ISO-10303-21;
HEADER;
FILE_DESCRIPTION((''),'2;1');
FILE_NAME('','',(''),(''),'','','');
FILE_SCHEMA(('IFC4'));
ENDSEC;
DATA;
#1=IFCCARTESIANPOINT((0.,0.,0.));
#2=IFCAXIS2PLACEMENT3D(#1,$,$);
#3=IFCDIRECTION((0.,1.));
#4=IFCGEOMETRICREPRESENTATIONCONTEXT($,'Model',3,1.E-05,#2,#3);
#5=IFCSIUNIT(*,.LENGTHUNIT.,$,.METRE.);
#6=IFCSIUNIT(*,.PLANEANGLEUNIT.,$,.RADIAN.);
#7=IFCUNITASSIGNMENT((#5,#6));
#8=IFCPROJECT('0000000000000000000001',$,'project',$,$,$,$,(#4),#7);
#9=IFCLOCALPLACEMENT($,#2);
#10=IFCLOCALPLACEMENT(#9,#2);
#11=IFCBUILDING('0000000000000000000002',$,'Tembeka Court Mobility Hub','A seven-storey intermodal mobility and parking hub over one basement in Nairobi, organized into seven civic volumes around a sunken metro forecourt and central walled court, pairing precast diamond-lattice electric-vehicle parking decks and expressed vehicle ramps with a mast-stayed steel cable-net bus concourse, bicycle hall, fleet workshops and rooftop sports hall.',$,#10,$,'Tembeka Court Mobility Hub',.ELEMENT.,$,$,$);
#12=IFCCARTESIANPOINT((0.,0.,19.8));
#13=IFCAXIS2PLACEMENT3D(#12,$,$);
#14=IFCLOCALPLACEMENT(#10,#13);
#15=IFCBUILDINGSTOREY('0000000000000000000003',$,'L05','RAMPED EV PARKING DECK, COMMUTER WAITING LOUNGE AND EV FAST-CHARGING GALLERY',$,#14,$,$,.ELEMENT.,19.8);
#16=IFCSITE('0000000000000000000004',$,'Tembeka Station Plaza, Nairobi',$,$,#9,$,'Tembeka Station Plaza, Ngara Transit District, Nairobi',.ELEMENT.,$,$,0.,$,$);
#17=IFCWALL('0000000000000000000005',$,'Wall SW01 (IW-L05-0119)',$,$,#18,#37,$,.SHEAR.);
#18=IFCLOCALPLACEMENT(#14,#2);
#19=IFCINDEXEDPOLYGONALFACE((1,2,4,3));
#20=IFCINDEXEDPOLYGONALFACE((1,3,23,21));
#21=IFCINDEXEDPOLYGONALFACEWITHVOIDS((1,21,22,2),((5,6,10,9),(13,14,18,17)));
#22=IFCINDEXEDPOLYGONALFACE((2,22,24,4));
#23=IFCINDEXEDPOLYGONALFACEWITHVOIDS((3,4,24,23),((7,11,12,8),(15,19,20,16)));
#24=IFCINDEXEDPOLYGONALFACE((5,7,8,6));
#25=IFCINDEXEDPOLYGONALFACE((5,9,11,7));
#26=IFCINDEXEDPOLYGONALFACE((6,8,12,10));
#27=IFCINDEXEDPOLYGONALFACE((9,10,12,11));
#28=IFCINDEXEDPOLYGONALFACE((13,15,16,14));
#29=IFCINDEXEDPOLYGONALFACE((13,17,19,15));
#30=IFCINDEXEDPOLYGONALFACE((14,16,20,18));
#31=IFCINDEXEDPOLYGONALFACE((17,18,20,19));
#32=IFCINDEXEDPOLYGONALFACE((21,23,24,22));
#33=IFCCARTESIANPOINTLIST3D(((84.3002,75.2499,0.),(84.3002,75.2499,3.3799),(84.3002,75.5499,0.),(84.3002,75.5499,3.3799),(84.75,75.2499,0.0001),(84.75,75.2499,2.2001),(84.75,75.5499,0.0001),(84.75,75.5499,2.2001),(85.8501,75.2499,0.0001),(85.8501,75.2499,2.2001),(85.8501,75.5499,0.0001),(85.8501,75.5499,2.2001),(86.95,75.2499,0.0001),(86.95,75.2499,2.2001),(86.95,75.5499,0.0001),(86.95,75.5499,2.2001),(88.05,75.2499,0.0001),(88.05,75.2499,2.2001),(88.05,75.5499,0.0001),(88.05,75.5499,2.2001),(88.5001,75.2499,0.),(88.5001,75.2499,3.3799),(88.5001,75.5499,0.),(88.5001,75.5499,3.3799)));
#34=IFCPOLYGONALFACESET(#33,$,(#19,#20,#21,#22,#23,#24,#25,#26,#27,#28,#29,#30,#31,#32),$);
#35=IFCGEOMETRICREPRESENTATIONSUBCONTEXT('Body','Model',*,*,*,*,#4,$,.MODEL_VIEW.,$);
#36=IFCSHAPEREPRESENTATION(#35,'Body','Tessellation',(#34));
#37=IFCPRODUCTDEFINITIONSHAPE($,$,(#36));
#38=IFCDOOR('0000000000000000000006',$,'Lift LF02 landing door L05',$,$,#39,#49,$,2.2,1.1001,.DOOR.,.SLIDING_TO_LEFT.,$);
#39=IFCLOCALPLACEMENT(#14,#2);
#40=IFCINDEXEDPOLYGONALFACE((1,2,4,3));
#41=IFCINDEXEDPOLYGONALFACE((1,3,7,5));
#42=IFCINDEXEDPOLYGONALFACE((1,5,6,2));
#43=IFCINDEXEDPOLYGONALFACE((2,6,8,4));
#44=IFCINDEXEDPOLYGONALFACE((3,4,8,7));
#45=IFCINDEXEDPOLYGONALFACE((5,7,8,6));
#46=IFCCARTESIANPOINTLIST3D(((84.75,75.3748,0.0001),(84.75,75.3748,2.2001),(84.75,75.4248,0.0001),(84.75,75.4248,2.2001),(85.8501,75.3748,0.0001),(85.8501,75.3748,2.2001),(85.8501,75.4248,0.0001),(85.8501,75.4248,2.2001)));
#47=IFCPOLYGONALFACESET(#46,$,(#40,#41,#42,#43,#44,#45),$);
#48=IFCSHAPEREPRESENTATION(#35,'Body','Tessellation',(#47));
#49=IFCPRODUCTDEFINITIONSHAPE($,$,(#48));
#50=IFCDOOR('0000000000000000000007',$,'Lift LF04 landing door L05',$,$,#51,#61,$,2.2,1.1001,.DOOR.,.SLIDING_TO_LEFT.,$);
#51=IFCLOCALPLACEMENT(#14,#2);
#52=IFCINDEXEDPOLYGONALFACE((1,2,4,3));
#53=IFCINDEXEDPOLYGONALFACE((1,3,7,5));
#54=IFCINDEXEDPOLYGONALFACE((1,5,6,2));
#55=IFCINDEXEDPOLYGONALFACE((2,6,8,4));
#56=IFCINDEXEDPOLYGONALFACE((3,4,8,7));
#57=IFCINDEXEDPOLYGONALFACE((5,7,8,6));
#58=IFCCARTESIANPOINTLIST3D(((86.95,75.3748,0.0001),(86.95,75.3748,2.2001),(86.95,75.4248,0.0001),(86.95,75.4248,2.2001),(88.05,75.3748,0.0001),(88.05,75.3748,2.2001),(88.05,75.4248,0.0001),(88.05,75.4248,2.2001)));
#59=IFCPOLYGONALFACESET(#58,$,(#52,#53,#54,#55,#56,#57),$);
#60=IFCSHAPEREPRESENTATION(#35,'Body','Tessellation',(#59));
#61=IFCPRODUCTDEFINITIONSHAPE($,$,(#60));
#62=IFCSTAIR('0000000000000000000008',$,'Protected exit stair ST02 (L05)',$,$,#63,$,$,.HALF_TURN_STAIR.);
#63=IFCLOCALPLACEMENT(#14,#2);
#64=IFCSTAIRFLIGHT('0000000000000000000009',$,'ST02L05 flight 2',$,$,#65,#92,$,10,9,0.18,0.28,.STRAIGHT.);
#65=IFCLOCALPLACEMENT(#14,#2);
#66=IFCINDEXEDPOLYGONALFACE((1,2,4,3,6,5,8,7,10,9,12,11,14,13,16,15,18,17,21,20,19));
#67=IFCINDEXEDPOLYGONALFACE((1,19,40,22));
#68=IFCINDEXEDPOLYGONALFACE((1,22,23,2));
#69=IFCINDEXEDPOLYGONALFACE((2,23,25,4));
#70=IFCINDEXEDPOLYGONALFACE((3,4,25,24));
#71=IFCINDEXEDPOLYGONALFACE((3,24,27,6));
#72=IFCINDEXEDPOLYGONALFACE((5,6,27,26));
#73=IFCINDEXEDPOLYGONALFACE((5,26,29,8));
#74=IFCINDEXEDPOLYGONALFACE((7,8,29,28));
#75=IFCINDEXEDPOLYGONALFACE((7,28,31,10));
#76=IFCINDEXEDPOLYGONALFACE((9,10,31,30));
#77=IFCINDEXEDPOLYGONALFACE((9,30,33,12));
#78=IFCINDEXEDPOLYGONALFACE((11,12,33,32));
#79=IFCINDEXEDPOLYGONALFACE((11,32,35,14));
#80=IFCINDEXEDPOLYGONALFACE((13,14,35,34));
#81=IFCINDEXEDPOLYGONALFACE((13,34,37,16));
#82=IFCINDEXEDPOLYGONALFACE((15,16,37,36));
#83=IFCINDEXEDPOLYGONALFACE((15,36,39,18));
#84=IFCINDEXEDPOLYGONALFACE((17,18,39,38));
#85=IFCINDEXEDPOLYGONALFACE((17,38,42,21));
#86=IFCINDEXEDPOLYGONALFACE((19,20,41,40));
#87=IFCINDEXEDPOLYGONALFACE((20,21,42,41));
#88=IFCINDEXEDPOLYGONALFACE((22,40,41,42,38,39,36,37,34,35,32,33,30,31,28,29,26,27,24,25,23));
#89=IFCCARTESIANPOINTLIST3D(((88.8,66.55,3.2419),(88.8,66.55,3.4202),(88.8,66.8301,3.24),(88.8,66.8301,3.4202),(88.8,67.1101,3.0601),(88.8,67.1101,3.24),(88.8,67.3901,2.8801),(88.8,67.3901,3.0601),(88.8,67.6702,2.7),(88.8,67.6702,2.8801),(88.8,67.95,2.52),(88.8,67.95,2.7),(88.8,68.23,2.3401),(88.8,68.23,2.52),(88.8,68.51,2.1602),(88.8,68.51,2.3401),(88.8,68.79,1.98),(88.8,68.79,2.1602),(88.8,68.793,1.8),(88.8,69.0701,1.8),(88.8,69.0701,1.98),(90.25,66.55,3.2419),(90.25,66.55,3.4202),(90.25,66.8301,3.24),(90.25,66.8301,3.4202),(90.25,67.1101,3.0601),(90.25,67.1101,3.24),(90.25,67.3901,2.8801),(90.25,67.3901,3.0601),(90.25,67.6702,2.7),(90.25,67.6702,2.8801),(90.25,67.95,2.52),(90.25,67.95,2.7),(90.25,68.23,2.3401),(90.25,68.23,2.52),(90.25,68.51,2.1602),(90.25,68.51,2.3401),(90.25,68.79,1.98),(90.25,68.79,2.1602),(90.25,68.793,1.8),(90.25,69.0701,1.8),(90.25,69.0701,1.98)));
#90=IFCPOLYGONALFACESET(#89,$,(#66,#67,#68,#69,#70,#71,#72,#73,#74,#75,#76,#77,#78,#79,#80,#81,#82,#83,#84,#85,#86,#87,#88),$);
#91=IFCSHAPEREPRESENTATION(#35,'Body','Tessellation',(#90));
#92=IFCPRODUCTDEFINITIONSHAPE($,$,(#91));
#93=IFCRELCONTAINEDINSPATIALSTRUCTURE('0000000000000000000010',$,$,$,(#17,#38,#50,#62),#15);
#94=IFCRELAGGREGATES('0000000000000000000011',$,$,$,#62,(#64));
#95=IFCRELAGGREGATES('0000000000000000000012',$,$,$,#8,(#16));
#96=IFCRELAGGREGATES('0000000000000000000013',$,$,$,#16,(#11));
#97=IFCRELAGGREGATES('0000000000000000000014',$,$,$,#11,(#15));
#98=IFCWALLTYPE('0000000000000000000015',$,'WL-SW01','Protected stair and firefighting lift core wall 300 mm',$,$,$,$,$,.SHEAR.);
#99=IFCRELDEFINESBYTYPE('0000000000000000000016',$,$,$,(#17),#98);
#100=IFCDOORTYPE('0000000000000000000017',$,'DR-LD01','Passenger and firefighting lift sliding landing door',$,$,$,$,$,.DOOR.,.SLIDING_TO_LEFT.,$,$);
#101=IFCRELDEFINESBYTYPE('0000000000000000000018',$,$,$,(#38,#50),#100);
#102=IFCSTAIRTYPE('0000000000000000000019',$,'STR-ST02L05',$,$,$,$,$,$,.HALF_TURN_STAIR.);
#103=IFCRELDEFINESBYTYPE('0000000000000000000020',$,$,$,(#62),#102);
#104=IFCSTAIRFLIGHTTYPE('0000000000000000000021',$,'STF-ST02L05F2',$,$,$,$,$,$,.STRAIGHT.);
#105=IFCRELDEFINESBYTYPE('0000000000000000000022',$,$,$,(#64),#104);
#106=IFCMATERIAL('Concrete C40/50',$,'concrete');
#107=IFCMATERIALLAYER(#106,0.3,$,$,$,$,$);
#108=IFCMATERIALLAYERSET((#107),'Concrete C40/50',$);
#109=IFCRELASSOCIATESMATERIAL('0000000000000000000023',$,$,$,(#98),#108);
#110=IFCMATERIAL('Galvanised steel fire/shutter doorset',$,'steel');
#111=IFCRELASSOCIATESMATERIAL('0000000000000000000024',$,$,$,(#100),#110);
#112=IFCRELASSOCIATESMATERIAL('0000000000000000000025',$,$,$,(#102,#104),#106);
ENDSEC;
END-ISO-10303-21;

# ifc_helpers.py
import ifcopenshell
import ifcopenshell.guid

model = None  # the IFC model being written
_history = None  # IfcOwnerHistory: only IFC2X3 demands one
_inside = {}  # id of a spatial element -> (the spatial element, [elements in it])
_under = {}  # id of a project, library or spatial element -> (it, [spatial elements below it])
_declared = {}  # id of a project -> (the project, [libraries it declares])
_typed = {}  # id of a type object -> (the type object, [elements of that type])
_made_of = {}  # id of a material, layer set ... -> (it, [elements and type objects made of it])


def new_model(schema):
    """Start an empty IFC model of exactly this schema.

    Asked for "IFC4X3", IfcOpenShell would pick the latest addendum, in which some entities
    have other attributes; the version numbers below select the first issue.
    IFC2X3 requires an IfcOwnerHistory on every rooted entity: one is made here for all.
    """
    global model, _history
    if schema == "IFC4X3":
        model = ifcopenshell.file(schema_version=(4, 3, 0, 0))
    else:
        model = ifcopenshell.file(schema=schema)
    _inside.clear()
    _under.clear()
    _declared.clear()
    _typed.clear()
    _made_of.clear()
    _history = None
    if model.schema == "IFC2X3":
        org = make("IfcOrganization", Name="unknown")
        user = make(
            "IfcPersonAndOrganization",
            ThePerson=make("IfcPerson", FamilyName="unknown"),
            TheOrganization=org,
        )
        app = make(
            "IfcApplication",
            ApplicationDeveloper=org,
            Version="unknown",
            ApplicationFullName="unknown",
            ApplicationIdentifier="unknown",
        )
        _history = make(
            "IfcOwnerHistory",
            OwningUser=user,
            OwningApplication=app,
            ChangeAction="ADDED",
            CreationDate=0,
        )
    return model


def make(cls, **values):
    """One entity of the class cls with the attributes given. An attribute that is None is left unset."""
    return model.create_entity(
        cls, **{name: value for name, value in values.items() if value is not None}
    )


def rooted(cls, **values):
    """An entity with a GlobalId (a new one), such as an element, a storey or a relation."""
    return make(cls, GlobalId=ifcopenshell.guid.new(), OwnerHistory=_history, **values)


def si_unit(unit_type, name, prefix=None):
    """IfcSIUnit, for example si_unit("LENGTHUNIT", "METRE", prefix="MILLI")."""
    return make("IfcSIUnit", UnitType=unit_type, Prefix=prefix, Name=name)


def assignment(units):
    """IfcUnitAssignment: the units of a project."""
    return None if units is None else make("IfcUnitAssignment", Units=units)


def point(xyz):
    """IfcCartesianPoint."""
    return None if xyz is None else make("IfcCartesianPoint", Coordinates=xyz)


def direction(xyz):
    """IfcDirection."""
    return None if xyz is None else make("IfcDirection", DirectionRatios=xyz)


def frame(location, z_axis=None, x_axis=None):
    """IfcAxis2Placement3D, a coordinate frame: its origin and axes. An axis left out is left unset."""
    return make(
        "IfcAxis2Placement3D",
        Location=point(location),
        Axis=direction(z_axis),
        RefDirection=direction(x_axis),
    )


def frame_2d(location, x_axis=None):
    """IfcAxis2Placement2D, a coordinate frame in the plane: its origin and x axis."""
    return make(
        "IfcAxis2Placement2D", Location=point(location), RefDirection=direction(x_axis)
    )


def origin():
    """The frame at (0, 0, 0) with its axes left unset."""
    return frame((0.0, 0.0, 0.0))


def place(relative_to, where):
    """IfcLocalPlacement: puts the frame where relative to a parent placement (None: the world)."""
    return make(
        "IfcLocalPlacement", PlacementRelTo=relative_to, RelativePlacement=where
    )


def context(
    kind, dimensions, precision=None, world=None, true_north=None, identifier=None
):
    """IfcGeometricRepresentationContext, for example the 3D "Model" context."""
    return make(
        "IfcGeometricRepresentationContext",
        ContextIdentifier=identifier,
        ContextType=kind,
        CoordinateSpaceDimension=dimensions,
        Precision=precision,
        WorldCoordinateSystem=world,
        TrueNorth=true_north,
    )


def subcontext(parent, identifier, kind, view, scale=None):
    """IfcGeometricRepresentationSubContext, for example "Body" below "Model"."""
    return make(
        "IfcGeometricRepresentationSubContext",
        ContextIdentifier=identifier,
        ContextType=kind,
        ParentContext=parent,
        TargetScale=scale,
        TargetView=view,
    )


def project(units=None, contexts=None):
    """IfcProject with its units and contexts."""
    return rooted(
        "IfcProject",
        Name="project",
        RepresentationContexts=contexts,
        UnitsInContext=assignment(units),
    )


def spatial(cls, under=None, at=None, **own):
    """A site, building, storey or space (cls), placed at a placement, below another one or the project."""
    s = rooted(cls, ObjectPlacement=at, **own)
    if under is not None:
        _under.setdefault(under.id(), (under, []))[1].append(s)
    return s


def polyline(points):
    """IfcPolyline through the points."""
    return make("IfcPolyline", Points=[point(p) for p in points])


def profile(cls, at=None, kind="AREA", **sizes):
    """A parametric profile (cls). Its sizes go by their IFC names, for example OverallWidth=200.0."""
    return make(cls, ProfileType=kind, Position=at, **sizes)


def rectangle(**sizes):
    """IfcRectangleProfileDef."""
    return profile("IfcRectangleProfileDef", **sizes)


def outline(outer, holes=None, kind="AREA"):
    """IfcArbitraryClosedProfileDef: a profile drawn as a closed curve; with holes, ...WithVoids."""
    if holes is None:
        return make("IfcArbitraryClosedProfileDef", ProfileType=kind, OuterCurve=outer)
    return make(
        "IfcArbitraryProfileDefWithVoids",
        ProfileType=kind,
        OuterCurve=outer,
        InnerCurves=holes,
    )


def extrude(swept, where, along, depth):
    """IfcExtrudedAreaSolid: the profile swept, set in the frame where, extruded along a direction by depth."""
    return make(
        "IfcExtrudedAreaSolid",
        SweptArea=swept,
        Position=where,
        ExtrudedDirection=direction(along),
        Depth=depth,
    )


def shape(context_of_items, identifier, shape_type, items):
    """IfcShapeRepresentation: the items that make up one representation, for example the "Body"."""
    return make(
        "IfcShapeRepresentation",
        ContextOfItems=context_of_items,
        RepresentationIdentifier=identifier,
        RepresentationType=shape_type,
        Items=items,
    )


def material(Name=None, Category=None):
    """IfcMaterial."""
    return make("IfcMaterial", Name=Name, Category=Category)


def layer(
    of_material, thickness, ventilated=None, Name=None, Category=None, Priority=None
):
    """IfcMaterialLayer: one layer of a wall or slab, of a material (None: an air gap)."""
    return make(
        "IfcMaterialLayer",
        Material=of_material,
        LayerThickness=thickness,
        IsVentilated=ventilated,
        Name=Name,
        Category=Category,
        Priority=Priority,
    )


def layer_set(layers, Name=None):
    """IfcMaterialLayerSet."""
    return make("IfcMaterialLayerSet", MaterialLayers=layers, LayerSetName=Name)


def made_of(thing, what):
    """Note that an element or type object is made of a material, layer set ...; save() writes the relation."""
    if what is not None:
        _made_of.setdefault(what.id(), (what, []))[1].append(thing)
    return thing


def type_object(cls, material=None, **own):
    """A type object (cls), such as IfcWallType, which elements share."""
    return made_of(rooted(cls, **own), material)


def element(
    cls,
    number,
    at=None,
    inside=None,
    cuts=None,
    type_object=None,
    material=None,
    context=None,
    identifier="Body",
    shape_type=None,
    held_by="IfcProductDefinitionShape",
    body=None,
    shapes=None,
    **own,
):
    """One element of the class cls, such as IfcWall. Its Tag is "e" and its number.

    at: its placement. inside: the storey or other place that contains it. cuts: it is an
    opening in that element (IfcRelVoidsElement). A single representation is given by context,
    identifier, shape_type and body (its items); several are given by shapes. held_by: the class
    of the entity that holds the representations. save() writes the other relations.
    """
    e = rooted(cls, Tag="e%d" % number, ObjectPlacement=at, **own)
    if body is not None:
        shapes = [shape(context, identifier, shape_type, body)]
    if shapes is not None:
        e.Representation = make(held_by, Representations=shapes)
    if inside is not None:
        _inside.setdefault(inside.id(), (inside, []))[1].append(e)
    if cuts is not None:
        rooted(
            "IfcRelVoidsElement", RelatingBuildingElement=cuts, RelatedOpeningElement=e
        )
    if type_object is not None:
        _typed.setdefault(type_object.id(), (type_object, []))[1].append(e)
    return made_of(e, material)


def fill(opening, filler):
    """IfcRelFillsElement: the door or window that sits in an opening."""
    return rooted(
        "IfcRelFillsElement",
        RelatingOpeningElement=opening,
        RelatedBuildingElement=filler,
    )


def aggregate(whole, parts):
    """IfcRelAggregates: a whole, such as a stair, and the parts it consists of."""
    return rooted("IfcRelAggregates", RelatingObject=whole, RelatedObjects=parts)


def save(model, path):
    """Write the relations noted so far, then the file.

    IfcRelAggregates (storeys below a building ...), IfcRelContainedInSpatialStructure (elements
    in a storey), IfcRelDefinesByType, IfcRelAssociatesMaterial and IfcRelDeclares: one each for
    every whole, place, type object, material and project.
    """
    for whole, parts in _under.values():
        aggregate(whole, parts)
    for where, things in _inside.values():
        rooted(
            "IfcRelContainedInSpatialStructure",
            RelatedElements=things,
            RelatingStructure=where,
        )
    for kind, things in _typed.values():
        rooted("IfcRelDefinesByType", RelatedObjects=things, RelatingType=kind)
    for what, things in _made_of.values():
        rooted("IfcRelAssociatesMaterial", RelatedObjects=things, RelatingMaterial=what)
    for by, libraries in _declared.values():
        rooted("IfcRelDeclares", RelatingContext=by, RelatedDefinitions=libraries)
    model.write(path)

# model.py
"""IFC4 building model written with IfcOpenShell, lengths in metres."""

from ifc_helpers import new_model, si_unit, direction, frame, frame_2d, origin, place, context, subcontext, project, spatial, polyline, rectangle, outline, extrude, material, layer, layer_set, type_object, element, fill, aggregate, save


model = new_model("IFC4")

# Units and contexts
model_context = context("Model", 3, precision=1e-05, world=origin(), true_north=direction((0.0, 1.0)))
body_context = subcontext(model_context, "Body", "Model", "MODEL_VIEW")
ifc_project = project(units=[si_unit("LENGTHUNIT", "METRE"), si_unit("PLANEANGLEUNIT", "RADIAN")], contexts=[model_context])

# Site, building, storey
site_placement = place(None, origin())
site = spatial("IfcSite", under=ifc_project, at=site_placement, Name="Tembeka Station Plaza, Nairobi", LongName="Tembeka Station Plaza, Ngara Transit District, Nairobi", CompositionType="ELEMENT", RefElevation=0.0)
building_placement = place(site_placement, origin())
building = spatial("IfcBuilding", under=site, at=building_placement, Name="Tembeka Court Mobility Hub", Description="A seven-storey intermodal mobility and parking hub over one basement in Nairobi, organized into seven civic volumes around a sunken metro forecourt and central walled court, pairing precast diamond-lattice electric-vehicle parking decks and expressed vehicle ramps with a mast-stayed steel cable-net bus concourse, bicycle hall, fleet workshops and rooftop sports hall.", LongName="Tembeka Court Mobility Hub", CompositionType="ELEMENT")
storey_placement = place(building_placement, frame((0.0, 0.0, 19.8)))
storey = spatial("IfcBuildingStorey", under=building, at=storey_placement, Name="L05", Description="RAMPED EV PARKING DECK, COMMUTER WAITING LOUNGE AND EV FAST-CHARGING GALLERY", CompositionType="ELEMENT", Elevation=19.8)

# Shared definitions
ifc_material_1 = material(Name="Concrete C40/50", Category="concrete")
ifc_layer_1 = layer(ifc_material_1, 0.3)
ifc_layer_set_1 = layer_set([ifc_layer_1], Name="Concrete C40/50")
wall_type_1 = type_object("IfcWallType", Name="WL-SW01", Description="Protected stair and firefighting lift core wall 300 mm", PredefinedType="SHEAR", material=ifc_layer_set_1)

# Wall, openings, doors
wall_1_placement = place(storey_placement, frame((84.3, 75.3999, 0.0), z_axis=(0.0, 0.0, 1.0), x_axis=(1.0, 0.0, 0.0)))
wall_1 = element("IfcWall", 1, at=wall_1_placement, inside=storey, type_object=wall_type_1, Name="Wall SW01 (IW-L05-0119)", PredefinedType="SHEAR", context=body_context, shape_type="SweptSolid", body=[
    extrude(rectangle(XDim=4.2, YDim=0.3, at=frame_2d((2.1001, 0.0))), origin(), (0.0, 0.0, 1.0), 3.3799),
])
opening_1_placement = place(wall_1_placement, frame((0.45, 0.0, 0.0)))
opening_1 = element("IfcOpeningElement", 2, at=opening_1_placement, cuts=wall_1, PredefinedType="OPENING", context=body_context, shape_type="SweptSolid", body=[
    extrude(rectangle(XDim=1.1001, YDim=2.2, at=frame_2d((0.55, 1.1001))), frame((0.0, 0.1602, 0.0), z_axis=(0.0, -1.0, 0.0), x_axis=(1.0, 0.0, 0.0)), (0.0, 0.0, 1.0), 0.3201),
])
opening_2_placement = place(wall_1_placement, frame((2.6499, 0.0, 0.0)))
opening_2 = element("IfcOpeningElement", 3, at=opening_2_placement, cuts=wall_1, PredefinedType="OPENING", context=body_context, shape_type="SweptSolid", body=[
    extrude(rectangle(XDim=1.1001, YDim=2.2, at=frame_2d((0.55, 1.1001))), frame((0.0, 0.1602, 0.0), z_axis=(0.0, -1.0, 0.0), x_axis=(1.0, 0.0, 0.0)), (0.0, 0.0, 1.0), 0.3201),
])
ifc_material_2 = material(Name="Galvanised steel fire/shutter doorset", Category="steel")
door_type = type_object("IfcDoorType", Name="DR-LD01", Description="Passenger and firefighting lift sliding landing door", OperationType="SLIDING_TO_LEFT", PredefinedType="DOOR", material=ifc_material_2)
door_1_placement = place(opening_1_placement, origin())
door_1 = element("IfcDoor", 4, at=door_1_placement, inside=storey, type_object=door_type, Name="Lift LF02 landing door L05", OperationType="SLIDING_TO_LEFT", OverallHeight=2.2, OverallWidth=1.1001, PredefinedType="DOOR", context=body_context, shape_type="SweptSolid", body=[
    extrude(rectangle(XDim=1.1001, YDim=2.2, at=frame_2d((0.55, 1.1001))), frame((0.0, 0.0249, 0.0), z_axis=(0.0, -1.0, 0.0), x_axis=(1.0, 0.0, 0.0)), (0.0, 0.0, 1.0), 0.05),
])
fill(opening_1, door_1)
door_2_placement = place(opening_2_placement, origin())
door_2 = element("IfcDoor", 5, at=door_2_placement, inside=storey, type_object=door_type, Name="Lift LF04 landing door L05", OperationType="SLIDING_TO_LEFT", OverallHeight=2.2, OverallWidth=1.1001, PredefinedType="DOOR", context=body_context, shape_type="SweptSolid", body=[
    extrude(rectangle(XDim=1.1001, YDim=2.2, at=frame_2d((0.55, 1.1001))), frame((0.0, 0.0249, 0.0), z_axis=(0.0, -1.0, 0.0), x_axis=(1.0, 0.0, 0.0)), (0.0, 0.0, 1.0), 0.05),
])
fill(opening_2, door_2)

# Stair, stair flight
stair_type = type_object("IfcStairType", Name="STR-ST02L05", PredefinedType="HALF_TURN_STAIR", material=ifc_material_1)
stair_placement = place(storey_placement, origin())
stair = element("IfcStair", 6, at=stair_placement, inside=storey, type_object=stair_type, Name="Protected exit stair ST02 (L05)", PredefinedType="HALF_TURN_STAIR")
stair_flight_type = type_object("IfcStairFlightType", Name="STF-ST02L05F2", PredefinedType="STRAIGHT", material=ifc_material_1)
stair_flight_placement = place(storey_placement, frame((89.5249, 69.0701, 1.8), z_axis=(0.0, 0.0, 1.0), x_axis=(0.0, -1.0, 0.0)))
stair_flight = element("IfcStairFlight", 7, at=stair_flight_placement, type_object=stair_flight_type, Name="ST02L05 flight 2", NumberOfRisers=10, NumberOfTreads=9, PredefinedType="STRAIGHT", RiserHeight=0.18, TreadLength=0.28, context=body_context, shape_type="SweptSolid", body=[
    extrude(outline(polyline([(0.0, 0.0), (0.0, 0.1799), (0.28, 0.1799), (0.28, 0.3601), (0.5601, 0.3601), (0.5601, 0.54), (0.8401, 0.54), (0.8401, 0.72), (1.1201, 0.72), (1.1201, 0.8999), (1.3999, 0.8999), (1.3999, 1.0801), (1.6799, 1.0801), (1.6799, 1.26), (1.96, 1.26), (1.96, 1.4399), (2.24, 1.4399), (2.24, 1.6201), (2.52, 1.6201), (2.52, 1.8), (2.52, 1.4419), (0.2771, 0.0), (0.0, 0.0)])), frame((0.0, 0.7251, 0.0), z_axis=(0.0, -1.0, 0.0), x_axis=(1.0, 0.0, 0.0)), (0.0, 0.0, 1.0), 1.45),
])
aggregate(stair, [stair_flight])

save(model, "model.ifc")
